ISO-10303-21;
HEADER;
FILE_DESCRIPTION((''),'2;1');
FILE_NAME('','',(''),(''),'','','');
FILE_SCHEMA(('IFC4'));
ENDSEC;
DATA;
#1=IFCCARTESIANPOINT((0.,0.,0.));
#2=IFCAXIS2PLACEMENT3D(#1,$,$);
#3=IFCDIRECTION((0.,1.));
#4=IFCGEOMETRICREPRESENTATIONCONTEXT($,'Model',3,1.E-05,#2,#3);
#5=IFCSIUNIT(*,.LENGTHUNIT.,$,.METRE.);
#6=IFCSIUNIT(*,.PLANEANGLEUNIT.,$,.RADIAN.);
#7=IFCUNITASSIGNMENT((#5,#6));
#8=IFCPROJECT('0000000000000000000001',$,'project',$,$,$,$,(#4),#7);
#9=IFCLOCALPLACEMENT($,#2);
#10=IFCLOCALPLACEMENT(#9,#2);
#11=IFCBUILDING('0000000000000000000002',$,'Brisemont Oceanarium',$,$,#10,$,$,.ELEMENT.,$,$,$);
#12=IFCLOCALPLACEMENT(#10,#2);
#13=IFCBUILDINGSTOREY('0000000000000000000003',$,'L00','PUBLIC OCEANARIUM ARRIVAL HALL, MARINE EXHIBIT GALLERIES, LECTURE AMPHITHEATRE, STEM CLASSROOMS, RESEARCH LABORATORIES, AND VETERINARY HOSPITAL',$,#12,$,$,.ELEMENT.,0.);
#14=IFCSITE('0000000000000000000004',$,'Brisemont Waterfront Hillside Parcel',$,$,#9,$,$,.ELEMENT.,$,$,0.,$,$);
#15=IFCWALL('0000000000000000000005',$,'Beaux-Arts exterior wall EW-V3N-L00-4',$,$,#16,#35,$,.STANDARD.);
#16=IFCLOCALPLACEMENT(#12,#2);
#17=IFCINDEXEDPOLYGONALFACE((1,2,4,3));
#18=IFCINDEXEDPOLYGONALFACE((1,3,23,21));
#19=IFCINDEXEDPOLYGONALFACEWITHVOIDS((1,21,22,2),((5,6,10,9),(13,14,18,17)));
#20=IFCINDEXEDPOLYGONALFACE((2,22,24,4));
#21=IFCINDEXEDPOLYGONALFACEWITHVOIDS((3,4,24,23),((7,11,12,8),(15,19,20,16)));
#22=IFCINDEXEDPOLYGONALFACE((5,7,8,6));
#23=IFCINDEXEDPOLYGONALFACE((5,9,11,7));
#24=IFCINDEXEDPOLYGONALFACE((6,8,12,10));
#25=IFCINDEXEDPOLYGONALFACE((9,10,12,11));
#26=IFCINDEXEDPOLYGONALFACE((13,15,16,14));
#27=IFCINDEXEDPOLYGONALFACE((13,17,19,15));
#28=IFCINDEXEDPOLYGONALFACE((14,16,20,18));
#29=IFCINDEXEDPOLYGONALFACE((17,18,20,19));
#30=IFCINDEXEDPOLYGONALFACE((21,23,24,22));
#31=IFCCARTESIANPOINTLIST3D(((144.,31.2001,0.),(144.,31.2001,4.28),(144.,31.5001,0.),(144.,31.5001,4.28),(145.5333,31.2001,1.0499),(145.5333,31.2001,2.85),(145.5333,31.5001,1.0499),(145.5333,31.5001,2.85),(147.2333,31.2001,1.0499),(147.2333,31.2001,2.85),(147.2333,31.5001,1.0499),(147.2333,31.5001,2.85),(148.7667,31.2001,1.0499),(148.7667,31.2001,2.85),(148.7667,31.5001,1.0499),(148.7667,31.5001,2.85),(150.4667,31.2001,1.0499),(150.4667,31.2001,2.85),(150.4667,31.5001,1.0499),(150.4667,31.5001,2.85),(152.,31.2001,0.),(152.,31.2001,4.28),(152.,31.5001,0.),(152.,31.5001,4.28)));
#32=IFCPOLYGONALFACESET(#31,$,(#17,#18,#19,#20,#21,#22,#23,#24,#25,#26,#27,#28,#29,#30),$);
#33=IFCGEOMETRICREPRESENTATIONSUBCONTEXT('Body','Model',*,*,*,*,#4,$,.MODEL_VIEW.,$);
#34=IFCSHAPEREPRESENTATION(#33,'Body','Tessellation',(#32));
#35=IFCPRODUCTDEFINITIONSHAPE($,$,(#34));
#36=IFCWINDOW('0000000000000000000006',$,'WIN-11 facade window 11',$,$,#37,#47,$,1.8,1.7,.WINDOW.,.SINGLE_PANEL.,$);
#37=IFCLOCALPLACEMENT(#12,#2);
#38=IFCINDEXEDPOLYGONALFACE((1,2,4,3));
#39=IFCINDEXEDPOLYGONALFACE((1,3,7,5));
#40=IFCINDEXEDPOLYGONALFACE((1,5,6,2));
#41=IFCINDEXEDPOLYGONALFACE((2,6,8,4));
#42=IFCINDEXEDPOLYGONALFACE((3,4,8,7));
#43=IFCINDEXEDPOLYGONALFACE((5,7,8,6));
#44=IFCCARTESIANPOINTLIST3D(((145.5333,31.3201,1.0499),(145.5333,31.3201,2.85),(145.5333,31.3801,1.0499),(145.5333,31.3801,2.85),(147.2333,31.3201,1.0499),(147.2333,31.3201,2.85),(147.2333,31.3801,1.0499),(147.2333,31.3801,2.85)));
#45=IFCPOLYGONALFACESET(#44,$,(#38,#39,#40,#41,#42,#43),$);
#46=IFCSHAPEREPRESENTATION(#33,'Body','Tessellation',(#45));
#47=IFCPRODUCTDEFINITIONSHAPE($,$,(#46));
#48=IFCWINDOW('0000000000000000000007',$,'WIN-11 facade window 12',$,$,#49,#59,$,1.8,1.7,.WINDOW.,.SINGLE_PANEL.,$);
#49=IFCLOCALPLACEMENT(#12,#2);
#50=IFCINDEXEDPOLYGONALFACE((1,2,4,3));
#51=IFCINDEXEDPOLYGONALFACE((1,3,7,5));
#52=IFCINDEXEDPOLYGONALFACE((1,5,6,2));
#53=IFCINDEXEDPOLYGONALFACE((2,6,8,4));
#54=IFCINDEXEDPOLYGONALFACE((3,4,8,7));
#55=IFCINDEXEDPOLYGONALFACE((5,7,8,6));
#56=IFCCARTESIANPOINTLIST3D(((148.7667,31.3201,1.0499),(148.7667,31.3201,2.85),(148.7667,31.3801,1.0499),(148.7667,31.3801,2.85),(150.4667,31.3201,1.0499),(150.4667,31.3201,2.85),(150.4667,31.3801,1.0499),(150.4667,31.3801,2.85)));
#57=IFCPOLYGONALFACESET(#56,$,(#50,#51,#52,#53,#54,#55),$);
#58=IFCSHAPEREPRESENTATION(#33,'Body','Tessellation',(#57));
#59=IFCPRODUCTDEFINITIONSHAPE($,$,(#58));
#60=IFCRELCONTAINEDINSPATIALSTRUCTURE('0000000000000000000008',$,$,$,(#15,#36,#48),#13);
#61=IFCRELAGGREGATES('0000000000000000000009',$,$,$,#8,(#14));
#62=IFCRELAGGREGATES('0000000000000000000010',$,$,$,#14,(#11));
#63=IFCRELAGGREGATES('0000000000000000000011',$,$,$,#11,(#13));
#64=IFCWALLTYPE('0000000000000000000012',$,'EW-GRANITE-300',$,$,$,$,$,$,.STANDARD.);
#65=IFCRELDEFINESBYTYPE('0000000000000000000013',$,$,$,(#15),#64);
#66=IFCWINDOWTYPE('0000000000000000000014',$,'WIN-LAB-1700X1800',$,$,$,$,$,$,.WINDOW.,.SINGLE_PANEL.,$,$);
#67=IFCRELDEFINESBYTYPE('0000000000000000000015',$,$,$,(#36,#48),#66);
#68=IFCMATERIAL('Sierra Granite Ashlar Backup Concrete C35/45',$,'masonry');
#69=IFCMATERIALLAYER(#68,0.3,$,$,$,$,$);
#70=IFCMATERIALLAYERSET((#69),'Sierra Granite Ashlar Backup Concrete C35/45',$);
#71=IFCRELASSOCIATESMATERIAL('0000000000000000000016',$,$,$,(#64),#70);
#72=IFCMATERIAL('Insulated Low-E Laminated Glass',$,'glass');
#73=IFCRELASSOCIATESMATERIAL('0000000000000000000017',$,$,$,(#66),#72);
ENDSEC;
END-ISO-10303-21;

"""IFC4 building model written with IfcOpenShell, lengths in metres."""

from ifc_helpers import new_model, si_unit, direction, frame, frame_2d, origin, place, context, subcontext, project, spatial, rectangle, extrude, material, layer, layer_set, type_object, element, fill, save


model = new_model("IFC4")

# Units and contexts
model_context = context("Model", 3, precision=1e-05, world=origin(), true_north=direction((0.0, 1.0)))
body_context = subcontext(model_context, "Body", "Model", "MODEL_VIEW")
ifc_project = project(units=[si_unit("LENGTHUNIT", "METRE"), si_unit("PLANEANGLEUNIT", "RADIAN")], contexts=[model_context])

# Site, building, storey
site_placement = place(None, origin())
site = spatial("IfcSite", under=ifc_project, at=site_placement, Name="Brisemont Waterfront Hillside Parcel", CompositionType="ELEMENT", RefElevation=0.0)
building_placement = place(site_placement, origin())
building = spatial("IfcBuilding", under=site, at=building_placement, Name="Brisemont Oceanarium", CompositionType="ELEMENT")
storey_placement = place(building_placement, origin())
storey = spatial("IfcBuildingStorey", under=building, at=storey_placement, Name="L00", Description="PUBLIC OCEANARIUM ARRIVAL HALL, MARINE EXHIBIT GALLERIES, LECTURE AMPHITHEATRE, STEM CLASSROOMS, RESEARCH LABORATORIES, AND VETERINARY HOSPITAL", CompositionType="ELEMENT", Elevation=0.0)

# Shared definitions
ifc_material_1 = material(Name="Sierra Granite Ashlar Backup Concrete C35/45", Category="masonry")
ifc_layer_1 = layer(ifc_material_1, 0.3)
ifc_layer_set_1 = layer_set([ifc_layer_1], Name="Sierra Granite Ashlar Backup Concrete C35/45")
wall_type = type_object("IfcWallType", Name="EW-GRANITE-300", PredefinedType="STANDARD", material=ifc_layer_set_1)

# Wall, openings, windows
wall_1_placement = place(storey_placement, frame((144.0, 31.3501, 0.0), z_axis=(0.0, 0.0, 1.0), x_axis=(1.0, 0.0, 0.0)))
wall_1 = element("IfcWall", 1, at=wall_1_placement, inside=storey, type_object=wall_type, Name="Beaux-Arts exterior wall EW-V3N-L00-4", PredefinedType="STANDARD", context=body_context, shape_type="SweptSolid", body=[
    extrude(rectangle(XDim=8.0, YDim=0.3, at=frame_2d((4.0, 0.0))), origin(), (0.0, 0.0, 1.0), 4.28),
])
opening_1_placement = place(wall_1_placement, frame((1.5332, 0.0, 1.05)))
opening_1 = element("IfcOpeningElement", 2, at=opening_1_placement, cuts=wall_1, PredefinedType="OPENING", context=body_context, shape_type="SweptSolid", body=[
    extrude(rectangle(XDim=1.7, YDim=1.8, at=frame_2d((0.8501, 0.8999))), frame((0.0, 0.1599, 0.0), z_axis=(0.0, -1.0, 0.0), x_axis=(1.0, 0.0, 0.0)), (0.0, 0.0, 1.0), 0.3201),
])
opening_2_placement = place(wall_1_placement, frame((4.7666, 0.0, 1.05)))
opening_2 = element("IfcOpeningElement", 3, at=opening_2_placement, cuts=wall_1, PredefinedType="OPENING", context=body_context, shape_type="SweptSolid", body=[
    extrude(rectangle(XDim=1.7, YDim=1.8, at=frame_2d((0.8501, 0.8999))), frame((0.0, 0.1599, 0.0), z_axis=(0.0, -1.0, 0.0), x_axis=(1.0, 0.0, 0.0)), (0.0, 0.0, 1.0), 0.3201),
])
ifc_material_2 = material(Name="Insulated Low-E Laminated Glass", Category="glass")
window_type = type_object("IfcWindowType", Name="WIN-LAB-1700X1800", PartitioningType="SINGLE_PANEL", PredefinedType="WINDOW", material=ifc_material_2)
window_1_placement = place(opening_1_placement, origin())
window_1 = element("IfcWindow", 4, at=window_1_placement, inside=storey, type_object=window_type, Name="WIN-11 facade window 11", OverallHeight=1.8, OverallWidth=1.7, PartitioningType="SINGLE_PANEL", PredefinedType="WINDOW", context=body_context, shape_type="SweptSolid", body=[
    extrude(rectangle(XDim=1.7, YDim=1.8, at=frame_2d((0.8501, 0.8999))), frame((0.0, 0.03, 0.0), z_axis=(0.0, -1.0, 0.0), x_axis=(1.0, 0.0, 0.0)), (0.0, 0.0, 1.0), 0.0601),
])
fill(opening_1, window_1)
window_2_placement = place(opening_2_placement, origin())
window_2 = element("IfcWindow", 5, at=window_2_placement, inside=storey, type_object=window_type, Name="WIN-11 facade window 12", OverallHeight=1.8, OverallWidth=1.7, PartitioningType="SINGLE_PANEL", PredefinedType="WINDOW", context=body_context, shape_type="SweptSolid", body=[
    extrude(rectangle(XDim=1.7, YDim=1.8, at=frame_2d((0.8501, 0.8999))), frame((0.0, 0.03, 0.0), z_axis=(0.0, -1.0, 0.0), x_axis=(1.0, 0.0, 0.0)), (0.0, 0.0, 1.0), 0.0601),
])
fill(opening_2, window_2)

save(model, "model.ifc")
